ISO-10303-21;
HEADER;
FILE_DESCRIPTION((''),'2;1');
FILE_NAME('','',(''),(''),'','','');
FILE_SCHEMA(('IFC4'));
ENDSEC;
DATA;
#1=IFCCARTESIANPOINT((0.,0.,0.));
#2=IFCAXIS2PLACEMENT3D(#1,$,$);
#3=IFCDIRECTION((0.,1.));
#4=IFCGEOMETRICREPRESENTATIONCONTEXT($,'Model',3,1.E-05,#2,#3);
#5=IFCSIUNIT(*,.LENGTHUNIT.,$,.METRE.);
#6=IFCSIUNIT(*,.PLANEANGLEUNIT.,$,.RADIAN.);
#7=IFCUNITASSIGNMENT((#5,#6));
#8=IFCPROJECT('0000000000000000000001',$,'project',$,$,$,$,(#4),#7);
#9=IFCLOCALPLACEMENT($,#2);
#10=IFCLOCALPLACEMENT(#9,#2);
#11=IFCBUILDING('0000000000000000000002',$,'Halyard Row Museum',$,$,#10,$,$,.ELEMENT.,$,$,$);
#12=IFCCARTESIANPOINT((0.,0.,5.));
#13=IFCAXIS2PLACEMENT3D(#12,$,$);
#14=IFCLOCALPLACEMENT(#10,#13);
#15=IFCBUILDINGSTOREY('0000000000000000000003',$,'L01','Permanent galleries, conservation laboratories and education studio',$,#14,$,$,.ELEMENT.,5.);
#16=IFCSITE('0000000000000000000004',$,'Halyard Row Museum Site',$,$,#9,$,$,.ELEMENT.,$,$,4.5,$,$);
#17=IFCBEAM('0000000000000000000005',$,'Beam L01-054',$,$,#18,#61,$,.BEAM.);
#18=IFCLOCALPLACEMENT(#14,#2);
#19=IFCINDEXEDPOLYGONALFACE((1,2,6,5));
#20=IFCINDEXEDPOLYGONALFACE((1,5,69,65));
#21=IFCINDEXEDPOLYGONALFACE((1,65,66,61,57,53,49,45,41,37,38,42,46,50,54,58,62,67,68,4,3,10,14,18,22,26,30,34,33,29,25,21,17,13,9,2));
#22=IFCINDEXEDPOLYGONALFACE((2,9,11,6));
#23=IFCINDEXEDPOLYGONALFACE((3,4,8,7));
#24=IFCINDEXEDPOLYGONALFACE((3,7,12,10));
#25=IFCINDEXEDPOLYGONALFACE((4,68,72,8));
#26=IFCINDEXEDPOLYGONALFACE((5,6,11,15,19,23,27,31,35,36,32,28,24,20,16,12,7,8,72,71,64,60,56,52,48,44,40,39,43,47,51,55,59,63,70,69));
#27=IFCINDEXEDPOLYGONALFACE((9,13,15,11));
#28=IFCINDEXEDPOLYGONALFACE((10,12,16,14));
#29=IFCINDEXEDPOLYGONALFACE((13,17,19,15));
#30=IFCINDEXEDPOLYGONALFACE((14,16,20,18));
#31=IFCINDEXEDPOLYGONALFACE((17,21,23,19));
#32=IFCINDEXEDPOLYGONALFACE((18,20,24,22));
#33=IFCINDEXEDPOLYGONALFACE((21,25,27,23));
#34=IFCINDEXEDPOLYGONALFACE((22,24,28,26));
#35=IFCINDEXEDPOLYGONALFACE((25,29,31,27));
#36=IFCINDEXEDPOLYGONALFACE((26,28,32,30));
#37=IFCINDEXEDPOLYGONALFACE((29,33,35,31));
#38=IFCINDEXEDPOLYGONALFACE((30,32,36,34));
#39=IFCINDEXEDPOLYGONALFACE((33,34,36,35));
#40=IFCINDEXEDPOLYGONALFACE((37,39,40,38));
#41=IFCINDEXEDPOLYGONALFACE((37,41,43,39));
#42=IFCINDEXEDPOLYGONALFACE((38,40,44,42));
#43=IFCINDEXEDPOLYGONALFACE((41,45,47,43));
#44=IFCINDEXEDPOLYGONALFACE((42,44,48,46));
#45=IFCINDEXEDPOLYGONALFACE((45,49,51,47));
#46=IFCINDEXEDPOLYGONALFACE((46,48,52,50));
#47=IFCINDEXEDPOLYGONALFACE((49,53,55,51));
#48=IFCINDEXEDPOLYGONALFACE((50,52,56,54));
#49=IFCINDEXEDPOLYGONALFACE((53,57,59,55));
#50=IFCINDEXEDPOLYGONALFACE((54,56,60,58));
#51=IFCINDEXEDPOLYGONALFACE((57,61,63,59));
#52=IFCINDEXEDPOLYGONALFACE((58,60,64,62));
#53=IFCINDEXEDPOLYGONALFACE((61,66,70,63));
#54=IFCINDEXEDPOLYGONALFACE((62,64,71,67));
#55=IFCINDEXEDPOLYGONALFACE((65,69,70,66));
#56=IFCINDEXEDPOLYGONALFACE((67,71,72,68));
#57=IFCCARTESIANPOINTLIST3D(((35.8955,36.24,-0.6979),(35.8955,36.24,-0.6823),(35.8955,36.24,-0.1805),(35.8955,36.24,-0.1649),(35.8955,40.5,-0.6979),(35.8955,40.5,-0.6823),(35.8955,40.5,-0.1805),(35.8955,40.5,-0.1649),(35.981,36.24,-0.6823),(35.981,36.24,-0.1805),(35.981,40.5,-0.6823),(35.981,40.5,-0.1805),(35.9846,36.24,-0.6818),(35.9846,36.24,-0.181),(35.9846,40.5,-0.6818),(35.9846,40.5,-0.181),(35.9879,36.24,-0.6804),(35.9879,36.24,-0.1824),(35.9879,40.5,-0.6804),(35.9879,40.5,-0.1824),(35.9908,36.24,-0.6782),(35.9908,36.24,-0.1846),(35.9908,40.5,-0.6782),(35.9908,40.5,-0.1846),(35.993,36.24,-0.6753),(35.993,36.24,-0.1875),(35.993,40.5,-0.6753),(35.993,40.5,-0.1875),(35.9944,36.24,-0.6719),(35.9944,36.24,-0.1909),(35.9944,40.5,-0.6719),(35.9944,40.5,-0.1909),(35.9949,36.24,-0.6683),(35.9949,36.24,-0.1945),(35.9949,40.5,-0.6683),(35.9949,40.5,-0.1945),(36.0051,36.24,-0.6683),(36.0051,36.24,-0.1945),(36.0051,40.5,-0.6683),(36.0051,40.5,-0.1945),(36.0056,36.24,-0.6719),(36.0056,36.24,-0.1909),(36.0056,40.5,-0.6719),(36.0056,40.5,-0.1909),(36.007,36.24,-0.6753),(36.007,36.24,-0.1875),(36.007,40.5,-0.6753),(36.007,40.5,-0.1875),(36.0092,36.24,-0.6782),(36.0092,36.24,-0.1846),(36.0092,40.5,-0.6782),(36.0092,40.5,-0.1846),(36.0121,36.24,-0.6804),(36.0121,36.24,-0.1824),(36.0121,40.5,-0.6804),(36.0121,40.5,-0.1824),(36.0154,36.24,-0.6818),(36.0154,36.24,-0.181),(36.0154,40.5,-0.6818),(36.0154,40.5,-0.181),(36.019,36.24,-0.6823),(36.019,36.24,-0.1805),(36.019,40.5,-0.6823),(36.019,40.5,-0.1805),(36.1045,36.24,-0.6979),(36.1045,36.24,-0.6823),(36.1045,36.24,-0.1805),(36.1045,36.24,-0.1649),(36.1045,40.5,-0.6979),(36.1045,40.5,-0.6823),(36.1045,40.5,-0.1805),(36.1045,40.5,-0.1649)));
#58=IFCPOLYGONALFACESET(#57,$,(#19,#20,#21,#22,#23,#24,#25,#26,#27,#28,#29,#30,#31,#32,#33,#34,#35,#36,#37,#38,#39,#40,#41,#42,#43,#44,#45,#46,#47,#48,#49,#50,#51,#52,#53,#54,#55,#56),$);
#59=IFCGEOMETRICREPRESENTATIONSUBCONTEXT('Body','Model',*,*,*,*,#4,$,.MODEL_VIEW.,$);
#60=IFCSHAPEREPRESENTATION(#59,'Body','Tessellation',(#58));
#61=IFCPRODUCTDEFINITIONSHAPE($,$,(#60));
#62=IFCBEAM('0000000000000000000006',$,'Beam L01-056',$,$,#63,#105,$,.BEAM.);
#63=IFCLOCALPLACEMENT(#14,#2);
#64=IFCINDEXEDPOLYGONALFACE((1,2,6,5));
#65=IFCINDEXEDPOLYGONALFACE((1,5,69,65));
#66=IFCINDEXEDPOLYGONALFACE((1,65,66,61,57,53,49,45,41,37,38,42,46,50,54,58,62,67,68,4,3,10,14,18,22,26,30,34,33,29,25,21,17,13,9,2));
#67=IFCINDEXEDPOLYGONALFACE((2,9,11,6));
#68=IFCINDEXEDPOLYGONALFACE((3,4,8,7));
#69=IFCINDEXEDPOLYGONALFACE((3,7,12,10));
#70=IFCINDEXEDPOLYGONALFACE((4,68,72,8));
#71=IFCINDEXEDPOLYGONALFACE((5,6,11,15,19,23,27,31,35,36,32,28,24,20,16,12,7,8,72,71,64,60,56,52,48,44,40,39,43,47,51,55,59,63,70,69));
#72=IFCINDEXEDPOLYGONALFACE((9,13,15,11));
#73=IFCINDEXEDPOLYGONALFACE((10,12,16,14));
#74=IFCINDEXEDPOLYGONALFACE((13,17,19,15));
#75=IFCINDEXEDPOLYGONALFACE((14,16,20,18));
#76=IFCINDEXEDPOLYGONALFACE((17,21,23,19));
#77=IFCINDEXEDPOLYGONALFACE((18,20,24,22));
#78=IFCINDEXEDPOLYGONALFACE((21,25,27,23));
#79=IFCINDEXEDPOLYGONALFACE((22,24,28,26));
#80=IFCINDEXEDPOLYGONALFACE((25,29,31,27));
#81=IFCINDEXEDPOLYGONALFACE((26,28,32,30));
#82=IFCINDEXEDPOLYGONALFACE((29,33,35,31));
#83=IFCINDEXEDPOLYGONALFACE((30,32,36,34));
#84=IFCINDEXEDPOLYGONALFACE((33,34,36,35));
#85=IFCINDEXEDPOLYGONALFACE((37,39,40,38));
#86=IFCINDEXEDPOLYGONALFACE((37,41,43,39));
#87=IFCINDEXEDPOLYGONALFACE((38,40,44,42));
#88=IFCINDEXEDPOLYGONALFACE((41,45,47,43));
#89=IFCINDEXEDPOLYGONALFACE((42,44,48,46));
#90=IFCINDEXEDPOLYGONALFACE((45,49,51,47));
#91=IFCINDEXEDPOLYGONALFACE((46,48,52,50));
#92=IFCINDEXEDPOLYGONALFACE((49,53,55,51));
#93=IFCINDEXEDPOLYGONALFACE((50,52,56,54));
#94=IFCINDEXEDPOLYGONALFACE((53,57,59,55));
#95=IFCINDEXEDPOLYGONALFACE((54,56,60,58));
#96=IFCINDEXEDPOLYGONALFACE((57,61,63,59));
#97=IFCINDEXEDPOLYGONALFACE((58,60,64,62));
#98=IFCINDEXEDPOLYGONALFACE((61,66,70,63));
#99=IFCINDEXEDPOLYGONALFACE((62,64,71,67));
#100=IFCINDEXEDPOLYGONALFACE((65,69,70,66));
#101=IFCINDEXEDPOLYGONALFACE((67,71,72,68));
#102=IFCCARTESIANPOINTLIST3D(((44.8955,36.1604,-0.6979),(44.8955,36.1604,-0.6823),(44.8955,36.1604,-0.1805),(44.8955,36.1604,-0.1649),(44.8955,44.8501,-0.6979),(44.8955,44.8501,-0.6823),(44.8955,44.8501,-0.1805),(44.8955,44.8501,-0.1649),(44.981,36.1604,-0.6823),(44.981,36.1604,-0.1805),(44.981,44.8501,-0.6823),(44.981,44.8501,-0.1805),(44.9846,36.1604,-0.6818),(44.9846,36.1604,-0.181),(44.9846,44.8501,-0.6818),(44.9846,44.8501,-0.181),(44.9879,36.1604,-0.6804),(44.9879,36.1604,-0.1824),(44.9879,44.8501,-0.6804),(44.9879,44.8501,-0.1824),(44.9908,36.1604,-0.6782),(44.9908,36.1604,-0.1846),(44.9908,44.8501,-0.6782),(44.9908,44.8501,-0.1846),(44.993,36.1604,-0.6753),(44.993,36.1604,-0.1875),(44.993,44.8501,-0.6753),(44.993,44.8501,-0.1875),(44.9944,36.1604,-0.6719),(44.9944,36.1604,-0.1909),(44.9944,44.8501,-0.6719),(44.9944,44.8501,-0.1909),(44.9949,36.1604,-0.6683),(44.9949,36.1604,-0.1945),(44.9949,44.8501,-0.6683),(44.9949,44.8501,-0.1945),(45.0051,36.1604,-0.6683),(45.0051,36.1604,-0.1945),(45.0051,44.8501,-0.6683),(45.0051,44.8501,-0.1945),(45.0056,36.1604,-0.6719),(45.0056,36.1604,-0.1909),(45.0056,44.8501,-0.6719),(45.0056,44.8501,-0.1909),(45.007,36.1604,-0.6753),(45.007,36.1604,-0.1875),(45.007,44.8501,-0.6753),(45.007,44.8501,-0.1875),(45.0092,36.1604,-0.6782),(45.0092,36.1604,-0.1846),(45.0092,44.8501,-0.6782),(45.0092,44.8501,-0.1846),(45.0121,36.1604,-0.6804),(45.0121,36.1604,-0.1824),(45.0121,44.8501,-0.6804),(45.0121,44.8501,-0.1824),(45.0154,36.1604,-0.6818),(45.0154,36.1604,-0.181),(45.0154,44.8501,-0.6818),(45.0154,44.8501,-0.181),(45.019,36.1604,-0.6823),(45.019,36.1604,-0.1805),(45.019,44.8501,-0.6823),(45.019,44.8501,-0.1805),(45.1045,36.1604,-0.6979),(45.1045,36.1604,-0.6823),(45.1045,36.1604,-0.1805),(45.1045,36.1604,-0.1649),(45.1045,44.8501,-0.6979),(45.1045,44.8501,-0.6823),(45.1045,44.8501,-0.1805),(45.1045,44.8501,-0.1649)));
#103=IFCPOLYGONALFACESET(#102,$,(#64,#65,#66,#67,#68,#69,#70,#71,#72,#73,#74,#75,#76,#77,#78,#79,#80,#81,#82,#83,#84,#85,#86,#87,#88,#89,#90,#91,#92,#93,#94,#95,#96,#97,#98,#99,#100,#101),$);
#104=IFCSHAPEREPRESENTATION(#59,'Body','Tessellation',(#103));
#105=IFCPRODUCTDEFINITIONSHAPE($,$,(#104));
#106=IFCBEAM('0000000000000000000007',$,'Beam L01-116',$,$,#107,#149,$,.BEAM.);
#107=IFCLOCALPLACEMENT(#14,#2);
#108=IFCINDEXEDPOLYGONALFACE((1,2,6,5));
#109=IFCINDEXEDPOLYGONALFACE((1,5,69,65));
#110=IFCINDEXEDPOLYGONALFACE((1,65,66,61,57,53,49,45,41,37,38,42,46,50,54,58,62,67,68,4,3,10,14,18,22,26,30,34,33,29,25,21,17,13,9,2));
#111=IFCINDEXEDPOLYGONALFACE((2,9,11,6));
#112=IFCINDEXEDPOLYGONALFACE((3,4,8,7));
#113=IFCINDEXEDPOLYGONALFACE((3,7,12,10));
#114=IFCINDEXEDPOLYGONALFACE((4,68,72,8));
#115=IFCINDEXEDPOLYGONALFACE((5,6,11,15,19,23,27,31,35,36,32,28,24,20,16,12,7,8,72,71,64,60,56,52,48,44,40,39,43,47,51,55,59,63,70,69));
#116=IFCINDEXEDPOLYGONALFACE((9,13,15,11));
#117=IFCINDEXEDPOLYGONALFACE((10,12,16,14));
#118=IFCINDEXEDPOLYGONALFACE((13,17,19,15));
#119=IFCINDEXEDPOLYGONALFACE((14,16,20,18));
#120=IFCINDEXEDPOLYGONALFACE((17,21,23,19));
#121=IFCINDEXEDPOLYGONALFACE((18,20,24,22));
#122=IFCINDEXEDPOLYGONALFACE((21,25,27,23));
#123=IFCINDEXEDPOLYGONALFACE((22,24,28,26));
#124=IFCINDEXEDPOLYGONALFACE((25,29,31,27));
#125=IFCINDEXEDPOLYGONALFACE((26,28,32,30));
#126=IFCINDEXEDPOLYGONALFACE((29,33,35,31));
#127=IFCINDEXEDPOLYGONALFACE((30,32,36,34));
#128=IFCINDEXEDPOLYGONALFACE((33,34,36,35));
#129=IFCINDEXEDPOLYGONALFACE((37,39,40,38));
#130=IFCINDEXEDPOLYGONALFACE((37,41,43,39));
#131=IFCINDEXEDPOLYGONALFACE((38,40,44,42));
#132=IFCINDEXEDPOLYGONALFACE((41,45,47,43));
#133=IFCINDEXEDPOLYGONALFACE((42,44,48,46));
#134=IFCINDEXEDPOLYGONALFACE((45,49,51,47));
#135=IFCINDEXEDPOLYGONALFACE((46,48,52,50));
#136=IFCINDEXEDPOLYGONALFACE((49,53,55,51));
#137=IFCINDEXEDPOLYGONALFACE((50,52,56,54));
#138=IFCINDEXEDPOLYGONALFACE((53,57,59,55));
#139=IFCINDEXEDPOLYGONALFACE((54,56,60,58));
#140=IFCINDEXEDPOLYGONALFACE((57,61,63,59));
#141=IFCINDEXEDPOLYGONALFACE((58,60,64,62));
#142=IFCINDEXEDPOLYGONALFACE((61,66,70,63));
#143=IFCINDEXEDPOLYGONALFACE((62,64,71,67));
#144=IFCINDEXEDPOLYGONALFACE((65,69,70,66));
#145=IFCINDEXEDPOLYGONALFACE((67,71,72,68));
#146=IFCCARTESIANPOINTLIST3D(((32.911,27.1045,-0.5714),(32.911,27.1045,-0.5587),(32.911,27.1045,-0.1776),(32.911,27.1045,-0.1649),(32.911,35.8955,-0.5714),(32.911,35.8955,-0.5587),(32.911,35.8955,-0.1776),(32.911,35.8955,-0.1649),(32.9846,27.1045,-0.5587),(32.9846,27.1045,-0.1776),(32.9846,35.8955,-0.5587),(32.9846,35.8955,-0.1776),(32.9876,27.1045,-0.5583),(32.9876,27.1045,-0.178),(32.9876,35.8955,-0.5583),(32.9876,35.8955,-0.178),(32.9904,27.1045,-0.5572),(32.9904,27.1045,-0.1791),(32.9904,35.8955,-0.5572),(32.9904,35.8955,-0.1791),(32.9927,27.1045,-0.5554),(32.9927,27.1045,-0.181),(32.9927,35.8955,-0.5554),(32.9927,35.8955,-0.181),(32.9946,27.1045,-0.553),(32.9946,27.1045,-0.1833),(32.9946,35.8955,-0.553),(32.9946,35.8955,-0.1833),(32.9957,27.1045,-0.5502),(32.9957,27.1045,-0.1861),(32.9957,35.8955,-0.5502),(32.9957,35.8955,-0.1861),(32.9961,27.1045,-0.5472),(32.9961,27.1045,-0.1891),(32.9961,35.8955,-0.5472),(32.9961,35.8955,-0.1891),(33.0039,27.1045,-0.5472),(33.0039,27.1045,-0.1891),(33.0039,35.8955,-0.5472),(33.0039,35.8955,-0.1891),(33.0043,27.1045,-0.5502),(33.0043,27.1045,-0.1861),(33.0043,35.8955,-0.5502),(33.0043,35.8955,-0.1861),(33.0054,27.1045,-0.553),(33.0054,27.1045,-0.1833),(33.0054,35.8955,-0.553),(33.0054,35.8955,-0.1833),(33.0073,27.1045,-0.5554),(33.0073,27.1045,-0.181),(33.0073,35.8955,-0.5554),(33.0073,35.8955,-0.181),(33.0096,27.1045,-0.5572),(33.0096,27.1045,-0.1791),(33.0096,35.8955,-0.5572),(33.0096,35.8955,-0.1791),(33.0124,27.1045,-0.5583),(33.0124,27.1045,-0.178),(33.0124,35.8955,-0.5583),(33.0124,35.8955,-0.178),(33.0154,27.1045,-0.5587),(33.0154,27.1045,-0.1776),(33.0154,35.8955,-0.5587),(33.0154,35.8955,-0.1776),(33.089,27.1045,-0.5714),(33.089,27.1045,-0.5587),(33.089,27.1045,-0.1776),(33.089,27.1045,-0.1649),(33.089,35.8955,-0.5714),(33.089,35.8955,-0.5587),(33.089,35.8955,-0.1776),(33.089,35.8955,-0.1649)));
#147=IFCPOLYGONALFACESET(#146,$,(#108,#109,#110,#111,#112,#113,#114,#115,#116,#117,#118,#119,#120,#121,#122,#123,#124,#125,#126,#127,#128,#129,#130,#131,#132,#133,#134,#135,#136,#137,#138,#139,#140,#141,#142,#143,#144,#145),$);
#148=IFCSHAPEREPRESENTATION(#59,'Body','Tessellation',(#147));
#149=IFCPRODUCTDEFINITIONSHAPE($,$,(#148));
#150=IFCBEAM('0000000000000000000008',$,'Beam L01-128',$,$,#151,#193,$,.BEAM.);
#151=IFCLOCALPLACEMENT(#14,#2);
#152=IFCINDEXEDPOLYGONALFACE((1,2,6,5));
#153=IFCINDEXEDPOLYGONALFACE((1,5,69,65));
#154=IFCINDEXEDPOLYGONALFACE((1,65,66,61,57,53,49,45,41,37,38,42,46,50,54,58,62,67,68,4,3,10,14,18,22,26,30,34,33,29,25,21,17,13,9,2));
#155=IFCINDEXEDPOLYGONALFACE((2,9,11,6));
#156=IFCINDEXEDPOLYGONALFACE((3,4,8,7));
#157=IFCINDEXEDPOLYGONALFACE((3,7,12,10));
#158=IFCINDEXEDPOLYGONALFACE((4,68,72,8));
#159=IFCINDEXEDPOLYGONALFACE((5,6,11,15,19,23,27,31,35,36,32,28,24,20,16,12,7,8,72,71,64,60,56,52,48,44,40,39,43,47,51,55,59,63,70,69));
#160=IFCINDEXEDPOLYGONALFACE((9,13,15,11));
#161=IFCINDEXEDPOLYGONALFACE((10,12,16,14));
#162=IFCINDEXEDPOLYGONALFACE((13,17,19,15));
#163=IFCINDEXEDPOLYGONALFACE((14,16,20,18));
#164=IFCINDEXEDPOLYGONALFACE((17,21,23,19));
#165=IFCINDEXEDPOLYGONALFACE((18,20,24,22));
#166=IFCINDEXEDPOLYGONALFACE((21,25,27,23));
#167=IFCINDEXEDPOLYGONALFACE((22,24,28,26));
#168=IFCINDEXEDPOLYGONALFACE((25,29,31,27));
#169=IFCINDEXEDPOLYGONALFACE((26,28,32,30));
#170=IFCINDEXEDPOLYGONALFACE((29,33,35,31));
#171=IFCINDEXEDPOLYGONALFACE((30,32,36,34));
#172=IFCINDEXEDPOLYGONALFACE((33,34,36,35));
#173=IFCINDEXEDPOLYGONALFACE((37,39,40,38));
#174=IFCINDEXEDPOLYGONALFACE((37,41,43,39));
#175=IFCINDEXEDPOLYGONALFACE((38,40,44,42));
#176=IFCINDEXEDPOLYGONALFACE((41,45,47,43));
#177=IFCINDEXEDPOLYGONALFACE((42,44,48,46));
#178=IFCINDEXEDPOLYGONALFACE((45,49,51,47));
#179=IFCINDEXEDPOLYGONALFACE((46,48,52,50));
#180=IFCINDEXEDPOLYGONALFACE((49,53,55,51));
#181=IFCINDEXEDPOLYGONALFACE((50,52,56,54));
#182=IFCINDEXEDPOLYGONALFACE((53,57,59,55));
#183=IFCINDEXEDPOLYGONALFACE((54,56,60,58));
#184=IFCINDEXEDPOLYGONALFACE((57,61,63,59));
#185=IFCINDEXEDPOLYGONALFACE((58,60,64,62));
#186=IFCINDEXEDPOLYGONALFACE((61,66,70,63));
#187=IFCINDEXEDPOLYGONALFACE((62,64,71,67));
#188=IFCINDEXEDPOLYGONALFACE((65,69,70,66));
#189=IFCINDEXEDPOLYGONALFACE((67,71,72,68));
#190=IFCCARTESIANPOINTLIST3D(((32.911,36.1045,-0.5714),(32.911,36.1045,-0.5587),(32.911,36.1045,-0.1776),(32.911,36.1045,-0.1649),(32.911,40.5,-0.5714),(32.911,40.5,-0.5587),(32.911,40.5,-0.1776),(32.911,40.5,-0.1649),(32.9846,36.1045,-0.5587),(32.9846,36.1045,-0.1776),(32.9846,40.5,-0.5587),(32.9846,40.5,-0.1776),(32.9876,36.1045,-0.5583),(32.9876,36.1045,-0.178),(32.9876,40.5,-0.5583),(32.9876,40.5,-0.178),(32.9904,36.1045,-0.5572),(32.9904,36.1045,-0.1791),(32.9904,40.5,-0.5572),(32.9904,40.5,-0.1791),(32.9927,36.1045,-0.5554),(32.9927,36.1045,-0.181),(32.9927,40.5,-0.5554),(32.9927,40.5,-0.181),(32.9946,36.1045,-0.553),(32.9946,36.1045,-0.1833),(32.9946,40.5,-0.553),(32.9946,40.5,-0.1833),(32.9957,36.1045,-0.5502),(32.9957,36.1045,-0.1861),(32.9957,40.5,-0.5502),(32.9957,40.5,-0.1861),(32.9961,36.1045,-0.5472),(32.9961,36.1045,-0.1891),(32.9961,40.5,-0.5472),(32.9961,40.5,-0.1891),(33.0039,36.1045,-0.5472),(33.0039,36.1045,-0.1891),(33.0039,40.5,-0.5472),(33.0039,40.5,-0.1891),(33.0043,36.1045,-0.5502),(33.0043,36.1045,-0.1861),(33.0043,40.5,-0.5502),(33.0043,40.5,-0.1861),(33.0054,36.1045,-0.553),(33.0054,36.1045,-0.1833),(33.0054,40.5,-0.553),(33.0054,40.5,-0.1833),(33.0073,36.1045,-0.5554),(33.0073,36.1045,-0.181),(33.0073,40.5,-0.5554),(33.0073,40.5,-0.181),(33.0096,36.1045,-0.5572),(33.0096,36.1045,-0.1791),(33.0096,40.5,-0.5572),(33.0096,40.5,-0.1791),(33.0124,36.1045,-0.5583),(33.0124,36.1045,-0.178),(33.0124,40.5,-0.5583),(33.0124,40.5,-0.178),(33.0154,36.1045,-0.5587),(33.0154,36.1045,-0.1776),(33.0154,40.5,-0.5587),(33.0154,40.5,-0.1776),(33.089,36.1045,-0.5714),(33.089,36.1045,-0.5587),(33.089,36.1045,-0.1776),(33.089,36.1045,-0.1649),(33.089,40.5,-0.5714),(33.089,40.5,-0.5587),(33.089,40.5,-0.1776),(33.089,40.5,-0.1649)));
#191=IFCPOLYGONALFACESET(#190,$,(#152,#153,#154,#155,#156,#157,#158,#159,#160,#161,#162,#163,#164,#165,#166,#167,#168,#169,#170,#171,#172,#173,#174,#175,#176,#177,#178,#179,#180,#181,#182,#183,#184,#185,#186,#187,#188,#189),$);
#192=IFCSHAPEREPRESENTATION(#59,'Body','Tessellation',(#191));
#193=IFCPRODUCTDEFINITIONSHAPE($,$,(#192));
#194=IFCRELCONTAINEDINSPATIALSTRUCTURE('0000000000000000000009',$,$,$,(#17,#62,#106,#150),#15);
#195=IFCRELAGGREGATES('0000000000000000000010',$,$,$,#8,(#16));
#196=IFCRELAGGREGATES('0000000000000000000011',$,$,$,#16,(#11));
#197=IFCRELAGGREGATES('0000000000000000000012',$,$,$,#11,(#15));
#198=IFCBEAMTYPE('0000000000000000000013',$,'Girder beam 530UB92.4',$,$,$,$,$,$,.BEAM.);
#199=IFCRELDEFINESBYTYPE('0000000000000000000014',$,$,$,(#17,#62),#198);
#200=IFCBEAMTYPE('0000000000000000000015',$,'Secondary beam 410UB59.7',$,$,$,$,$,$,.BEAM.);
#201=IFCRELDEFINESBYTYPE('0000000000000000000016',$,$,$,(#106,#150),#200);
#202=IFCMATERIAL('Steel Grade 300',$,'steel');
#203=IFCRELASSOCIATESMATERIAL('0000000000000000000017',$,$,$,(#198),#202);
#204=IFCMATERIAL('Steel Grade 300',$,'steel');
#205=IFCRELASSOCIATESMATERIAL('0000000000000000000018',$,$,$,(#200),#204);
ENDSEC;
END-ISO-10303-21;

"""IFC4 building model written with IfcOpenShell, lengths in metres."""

from ifc_helpers import new_model, si_unit, direction, frame, origin, origin_2d, place, context, subcontext, project, spatial, i_section, extrude, material, material_profile, profile_set, type_object, element, save


model = new_model("IFC4")

# Units and contexts
model_context = context("Model", 3, precision=1e-05, world=origin(), true_north=direction((0.0, 1.0)))
body_context = subcontext(model_context, "Body", "Model", "MODEL_VIEW")
ifc_project = project(units=[si_unit("LENGTHUNIT", "METRE"), si_unit("PLANEANGLEUNIT", "RADIAN")], contexts=[model_context])

# Site, building, storey
site_placement = place(None, origin())
site = spatial("IfcSite", under=ifc_project, at=site_placement, Name="Halyard Row Museum Site", CompositionType="ELEMENT", RefElevation=4.5)
building_placement = place(site_placement, origin())
building = spatial("IfcBuilding", under=site, at=building_placement, Name="Halyard Row Museum", CompositionType="ELEMENT")
storey_placement = place(building_placement, frame((0.0, 0.0, 5.0)))
storey = spatial("IfcBuildingStorey", under=building, at=storey_placement, Name="L01", Description="Permanent galleries, conservation laboratories and education studio", CompositionType="ELEMENT", Elevation=5.0)

# Beams
ifc_material_1 = material(Name="Steel Grade 300", Category="steel")
ifc_material_profile_1 = material_profile(ifc_material_1, i_section(OverallWidth=0.209, OverallDepth=0.533, WebThickness=0.0103, FlangeThickness=0.0156, FilletRadius=0.0139, at=origin_2d()), Name="530UB92.4")
ifc_profile_set_1 = profile_set([ifc_material_profile_1], Name="Steel Grade 300")
beam_type_1 = type_object("IfcBeamType", Name="Girder beam 530UB92.4", PredefinedType="BEAM", material=ifc_profile_set_1)
beam_1_placement = place(storey_placement, frame((36.0, 36.24, -0.4314), z_axis=(0.0, 1.0, 0.0), x_axis=(-1.0, 0.0, 0.0)))
element("IfcBeam", 1, at=beam_1_placement, inside=storey, type_object=beam_type_1, Name="Beam L01-054", PredefinedType="BEAM", context=body_context, shape_type="SweptSolid", body=[
    extrude(i_section(OverallWidth=0.209, OverallDepth=0.533, WebThickness=0.0103, FlangeThickness=0.0156, FilletRadius=0.0139, at=origin_2d()), origin(), (0.0, 0.0, 1.0), 4.26),
])
beam_2_placement = place(storey_placement, frame((45.0, 36.1604, -0.4314), z_axis=(0.0, 1.0, 0.0), x_axis=(-1.0, 0.0, 0.0)))
element("IfcBeam", 2, at=beam_2_placement, inside=storey, type_object=beam_type_1, Name="Beam L01-056", PredefinedType="BEAM", context=body_context, shape_type="SweptSolid", body=[
    extrude(i_section(OverallWidth=0.209, OverallDepth=0.533, WebThickness=0.0103, FlangeThickness=0.0156, FilletRadius=0.0139, at=origin_2d()), origin(), (0.0, 0.0, 1.0), 8.6897),
])
ifc_material_2 = material(Name="Steel Grade 300", Category="steel")
ifc_material_profile_2 = material_profile(ifc_material_2, i_section(OverallWidth=0.178, OverallDepth=0.4065, WebThickness=0.0078, FlangeThickness=0.0127, FilletRadius=0.0115, at=origin_2d()), Name="410UB59.7")
ifc_profile_set_2 = profile_set([ifc_material_profile_2], Name="Steel Grade 300")
beam_type_2 = type_object("IfcBeamType", Name="Secondary beam 410UB59.7", PredefinedType="BEAM", material=ifc_profile_set_2)
beam_3_placement = place(storey_placement, frame((33.0, 27.1045, -0.3682), z_axis=(0.0, 1.0, 0.0), x_axis=(-1.0, 0.0, 0.0)))
element("IfcBeam", 3, at=beam_3_placement, inside=storey, type_object=beam_type_2, Name="Beam L01-116", PredefinedType="BEAM", context=body_context, shape_type="SweptSolid", body=[
    extrude(i_section(OverallWidth=0.178, OverallDepth=0.4065, WebThickness=0.0078, FlangeThickness=0.0127, FilletRadius=0.0115, at=origin_2d()), origin(), (0.0, 0.0, 1.0), 8.791),
])
beam_4_placement = place(storey_placement, frame((33.0, 36.1045, -0.3682), z_axis=(0.0, 1.0, 0.0), x_axis=(-1.0, 0.0, 0.0)))
element("IfcBeam", 4, at=beam_4_placement, inside=storey, type_object=beam_type_2, Name="Beam L01-128", PredefinedType="BEAM", context=body_context, shape_type="SweptSolid", body=[
    extrude(i_section(OverallWidth=0.178, OverallDepth=0.4065, WebThickness=0.0078, FlangeThickness=0.0127, FilletRadius=0.0115, at=origin_2d()), origin(), (0.0, 0.0, 1.0), 4.3955),
])

save(model, "model.ifc")
